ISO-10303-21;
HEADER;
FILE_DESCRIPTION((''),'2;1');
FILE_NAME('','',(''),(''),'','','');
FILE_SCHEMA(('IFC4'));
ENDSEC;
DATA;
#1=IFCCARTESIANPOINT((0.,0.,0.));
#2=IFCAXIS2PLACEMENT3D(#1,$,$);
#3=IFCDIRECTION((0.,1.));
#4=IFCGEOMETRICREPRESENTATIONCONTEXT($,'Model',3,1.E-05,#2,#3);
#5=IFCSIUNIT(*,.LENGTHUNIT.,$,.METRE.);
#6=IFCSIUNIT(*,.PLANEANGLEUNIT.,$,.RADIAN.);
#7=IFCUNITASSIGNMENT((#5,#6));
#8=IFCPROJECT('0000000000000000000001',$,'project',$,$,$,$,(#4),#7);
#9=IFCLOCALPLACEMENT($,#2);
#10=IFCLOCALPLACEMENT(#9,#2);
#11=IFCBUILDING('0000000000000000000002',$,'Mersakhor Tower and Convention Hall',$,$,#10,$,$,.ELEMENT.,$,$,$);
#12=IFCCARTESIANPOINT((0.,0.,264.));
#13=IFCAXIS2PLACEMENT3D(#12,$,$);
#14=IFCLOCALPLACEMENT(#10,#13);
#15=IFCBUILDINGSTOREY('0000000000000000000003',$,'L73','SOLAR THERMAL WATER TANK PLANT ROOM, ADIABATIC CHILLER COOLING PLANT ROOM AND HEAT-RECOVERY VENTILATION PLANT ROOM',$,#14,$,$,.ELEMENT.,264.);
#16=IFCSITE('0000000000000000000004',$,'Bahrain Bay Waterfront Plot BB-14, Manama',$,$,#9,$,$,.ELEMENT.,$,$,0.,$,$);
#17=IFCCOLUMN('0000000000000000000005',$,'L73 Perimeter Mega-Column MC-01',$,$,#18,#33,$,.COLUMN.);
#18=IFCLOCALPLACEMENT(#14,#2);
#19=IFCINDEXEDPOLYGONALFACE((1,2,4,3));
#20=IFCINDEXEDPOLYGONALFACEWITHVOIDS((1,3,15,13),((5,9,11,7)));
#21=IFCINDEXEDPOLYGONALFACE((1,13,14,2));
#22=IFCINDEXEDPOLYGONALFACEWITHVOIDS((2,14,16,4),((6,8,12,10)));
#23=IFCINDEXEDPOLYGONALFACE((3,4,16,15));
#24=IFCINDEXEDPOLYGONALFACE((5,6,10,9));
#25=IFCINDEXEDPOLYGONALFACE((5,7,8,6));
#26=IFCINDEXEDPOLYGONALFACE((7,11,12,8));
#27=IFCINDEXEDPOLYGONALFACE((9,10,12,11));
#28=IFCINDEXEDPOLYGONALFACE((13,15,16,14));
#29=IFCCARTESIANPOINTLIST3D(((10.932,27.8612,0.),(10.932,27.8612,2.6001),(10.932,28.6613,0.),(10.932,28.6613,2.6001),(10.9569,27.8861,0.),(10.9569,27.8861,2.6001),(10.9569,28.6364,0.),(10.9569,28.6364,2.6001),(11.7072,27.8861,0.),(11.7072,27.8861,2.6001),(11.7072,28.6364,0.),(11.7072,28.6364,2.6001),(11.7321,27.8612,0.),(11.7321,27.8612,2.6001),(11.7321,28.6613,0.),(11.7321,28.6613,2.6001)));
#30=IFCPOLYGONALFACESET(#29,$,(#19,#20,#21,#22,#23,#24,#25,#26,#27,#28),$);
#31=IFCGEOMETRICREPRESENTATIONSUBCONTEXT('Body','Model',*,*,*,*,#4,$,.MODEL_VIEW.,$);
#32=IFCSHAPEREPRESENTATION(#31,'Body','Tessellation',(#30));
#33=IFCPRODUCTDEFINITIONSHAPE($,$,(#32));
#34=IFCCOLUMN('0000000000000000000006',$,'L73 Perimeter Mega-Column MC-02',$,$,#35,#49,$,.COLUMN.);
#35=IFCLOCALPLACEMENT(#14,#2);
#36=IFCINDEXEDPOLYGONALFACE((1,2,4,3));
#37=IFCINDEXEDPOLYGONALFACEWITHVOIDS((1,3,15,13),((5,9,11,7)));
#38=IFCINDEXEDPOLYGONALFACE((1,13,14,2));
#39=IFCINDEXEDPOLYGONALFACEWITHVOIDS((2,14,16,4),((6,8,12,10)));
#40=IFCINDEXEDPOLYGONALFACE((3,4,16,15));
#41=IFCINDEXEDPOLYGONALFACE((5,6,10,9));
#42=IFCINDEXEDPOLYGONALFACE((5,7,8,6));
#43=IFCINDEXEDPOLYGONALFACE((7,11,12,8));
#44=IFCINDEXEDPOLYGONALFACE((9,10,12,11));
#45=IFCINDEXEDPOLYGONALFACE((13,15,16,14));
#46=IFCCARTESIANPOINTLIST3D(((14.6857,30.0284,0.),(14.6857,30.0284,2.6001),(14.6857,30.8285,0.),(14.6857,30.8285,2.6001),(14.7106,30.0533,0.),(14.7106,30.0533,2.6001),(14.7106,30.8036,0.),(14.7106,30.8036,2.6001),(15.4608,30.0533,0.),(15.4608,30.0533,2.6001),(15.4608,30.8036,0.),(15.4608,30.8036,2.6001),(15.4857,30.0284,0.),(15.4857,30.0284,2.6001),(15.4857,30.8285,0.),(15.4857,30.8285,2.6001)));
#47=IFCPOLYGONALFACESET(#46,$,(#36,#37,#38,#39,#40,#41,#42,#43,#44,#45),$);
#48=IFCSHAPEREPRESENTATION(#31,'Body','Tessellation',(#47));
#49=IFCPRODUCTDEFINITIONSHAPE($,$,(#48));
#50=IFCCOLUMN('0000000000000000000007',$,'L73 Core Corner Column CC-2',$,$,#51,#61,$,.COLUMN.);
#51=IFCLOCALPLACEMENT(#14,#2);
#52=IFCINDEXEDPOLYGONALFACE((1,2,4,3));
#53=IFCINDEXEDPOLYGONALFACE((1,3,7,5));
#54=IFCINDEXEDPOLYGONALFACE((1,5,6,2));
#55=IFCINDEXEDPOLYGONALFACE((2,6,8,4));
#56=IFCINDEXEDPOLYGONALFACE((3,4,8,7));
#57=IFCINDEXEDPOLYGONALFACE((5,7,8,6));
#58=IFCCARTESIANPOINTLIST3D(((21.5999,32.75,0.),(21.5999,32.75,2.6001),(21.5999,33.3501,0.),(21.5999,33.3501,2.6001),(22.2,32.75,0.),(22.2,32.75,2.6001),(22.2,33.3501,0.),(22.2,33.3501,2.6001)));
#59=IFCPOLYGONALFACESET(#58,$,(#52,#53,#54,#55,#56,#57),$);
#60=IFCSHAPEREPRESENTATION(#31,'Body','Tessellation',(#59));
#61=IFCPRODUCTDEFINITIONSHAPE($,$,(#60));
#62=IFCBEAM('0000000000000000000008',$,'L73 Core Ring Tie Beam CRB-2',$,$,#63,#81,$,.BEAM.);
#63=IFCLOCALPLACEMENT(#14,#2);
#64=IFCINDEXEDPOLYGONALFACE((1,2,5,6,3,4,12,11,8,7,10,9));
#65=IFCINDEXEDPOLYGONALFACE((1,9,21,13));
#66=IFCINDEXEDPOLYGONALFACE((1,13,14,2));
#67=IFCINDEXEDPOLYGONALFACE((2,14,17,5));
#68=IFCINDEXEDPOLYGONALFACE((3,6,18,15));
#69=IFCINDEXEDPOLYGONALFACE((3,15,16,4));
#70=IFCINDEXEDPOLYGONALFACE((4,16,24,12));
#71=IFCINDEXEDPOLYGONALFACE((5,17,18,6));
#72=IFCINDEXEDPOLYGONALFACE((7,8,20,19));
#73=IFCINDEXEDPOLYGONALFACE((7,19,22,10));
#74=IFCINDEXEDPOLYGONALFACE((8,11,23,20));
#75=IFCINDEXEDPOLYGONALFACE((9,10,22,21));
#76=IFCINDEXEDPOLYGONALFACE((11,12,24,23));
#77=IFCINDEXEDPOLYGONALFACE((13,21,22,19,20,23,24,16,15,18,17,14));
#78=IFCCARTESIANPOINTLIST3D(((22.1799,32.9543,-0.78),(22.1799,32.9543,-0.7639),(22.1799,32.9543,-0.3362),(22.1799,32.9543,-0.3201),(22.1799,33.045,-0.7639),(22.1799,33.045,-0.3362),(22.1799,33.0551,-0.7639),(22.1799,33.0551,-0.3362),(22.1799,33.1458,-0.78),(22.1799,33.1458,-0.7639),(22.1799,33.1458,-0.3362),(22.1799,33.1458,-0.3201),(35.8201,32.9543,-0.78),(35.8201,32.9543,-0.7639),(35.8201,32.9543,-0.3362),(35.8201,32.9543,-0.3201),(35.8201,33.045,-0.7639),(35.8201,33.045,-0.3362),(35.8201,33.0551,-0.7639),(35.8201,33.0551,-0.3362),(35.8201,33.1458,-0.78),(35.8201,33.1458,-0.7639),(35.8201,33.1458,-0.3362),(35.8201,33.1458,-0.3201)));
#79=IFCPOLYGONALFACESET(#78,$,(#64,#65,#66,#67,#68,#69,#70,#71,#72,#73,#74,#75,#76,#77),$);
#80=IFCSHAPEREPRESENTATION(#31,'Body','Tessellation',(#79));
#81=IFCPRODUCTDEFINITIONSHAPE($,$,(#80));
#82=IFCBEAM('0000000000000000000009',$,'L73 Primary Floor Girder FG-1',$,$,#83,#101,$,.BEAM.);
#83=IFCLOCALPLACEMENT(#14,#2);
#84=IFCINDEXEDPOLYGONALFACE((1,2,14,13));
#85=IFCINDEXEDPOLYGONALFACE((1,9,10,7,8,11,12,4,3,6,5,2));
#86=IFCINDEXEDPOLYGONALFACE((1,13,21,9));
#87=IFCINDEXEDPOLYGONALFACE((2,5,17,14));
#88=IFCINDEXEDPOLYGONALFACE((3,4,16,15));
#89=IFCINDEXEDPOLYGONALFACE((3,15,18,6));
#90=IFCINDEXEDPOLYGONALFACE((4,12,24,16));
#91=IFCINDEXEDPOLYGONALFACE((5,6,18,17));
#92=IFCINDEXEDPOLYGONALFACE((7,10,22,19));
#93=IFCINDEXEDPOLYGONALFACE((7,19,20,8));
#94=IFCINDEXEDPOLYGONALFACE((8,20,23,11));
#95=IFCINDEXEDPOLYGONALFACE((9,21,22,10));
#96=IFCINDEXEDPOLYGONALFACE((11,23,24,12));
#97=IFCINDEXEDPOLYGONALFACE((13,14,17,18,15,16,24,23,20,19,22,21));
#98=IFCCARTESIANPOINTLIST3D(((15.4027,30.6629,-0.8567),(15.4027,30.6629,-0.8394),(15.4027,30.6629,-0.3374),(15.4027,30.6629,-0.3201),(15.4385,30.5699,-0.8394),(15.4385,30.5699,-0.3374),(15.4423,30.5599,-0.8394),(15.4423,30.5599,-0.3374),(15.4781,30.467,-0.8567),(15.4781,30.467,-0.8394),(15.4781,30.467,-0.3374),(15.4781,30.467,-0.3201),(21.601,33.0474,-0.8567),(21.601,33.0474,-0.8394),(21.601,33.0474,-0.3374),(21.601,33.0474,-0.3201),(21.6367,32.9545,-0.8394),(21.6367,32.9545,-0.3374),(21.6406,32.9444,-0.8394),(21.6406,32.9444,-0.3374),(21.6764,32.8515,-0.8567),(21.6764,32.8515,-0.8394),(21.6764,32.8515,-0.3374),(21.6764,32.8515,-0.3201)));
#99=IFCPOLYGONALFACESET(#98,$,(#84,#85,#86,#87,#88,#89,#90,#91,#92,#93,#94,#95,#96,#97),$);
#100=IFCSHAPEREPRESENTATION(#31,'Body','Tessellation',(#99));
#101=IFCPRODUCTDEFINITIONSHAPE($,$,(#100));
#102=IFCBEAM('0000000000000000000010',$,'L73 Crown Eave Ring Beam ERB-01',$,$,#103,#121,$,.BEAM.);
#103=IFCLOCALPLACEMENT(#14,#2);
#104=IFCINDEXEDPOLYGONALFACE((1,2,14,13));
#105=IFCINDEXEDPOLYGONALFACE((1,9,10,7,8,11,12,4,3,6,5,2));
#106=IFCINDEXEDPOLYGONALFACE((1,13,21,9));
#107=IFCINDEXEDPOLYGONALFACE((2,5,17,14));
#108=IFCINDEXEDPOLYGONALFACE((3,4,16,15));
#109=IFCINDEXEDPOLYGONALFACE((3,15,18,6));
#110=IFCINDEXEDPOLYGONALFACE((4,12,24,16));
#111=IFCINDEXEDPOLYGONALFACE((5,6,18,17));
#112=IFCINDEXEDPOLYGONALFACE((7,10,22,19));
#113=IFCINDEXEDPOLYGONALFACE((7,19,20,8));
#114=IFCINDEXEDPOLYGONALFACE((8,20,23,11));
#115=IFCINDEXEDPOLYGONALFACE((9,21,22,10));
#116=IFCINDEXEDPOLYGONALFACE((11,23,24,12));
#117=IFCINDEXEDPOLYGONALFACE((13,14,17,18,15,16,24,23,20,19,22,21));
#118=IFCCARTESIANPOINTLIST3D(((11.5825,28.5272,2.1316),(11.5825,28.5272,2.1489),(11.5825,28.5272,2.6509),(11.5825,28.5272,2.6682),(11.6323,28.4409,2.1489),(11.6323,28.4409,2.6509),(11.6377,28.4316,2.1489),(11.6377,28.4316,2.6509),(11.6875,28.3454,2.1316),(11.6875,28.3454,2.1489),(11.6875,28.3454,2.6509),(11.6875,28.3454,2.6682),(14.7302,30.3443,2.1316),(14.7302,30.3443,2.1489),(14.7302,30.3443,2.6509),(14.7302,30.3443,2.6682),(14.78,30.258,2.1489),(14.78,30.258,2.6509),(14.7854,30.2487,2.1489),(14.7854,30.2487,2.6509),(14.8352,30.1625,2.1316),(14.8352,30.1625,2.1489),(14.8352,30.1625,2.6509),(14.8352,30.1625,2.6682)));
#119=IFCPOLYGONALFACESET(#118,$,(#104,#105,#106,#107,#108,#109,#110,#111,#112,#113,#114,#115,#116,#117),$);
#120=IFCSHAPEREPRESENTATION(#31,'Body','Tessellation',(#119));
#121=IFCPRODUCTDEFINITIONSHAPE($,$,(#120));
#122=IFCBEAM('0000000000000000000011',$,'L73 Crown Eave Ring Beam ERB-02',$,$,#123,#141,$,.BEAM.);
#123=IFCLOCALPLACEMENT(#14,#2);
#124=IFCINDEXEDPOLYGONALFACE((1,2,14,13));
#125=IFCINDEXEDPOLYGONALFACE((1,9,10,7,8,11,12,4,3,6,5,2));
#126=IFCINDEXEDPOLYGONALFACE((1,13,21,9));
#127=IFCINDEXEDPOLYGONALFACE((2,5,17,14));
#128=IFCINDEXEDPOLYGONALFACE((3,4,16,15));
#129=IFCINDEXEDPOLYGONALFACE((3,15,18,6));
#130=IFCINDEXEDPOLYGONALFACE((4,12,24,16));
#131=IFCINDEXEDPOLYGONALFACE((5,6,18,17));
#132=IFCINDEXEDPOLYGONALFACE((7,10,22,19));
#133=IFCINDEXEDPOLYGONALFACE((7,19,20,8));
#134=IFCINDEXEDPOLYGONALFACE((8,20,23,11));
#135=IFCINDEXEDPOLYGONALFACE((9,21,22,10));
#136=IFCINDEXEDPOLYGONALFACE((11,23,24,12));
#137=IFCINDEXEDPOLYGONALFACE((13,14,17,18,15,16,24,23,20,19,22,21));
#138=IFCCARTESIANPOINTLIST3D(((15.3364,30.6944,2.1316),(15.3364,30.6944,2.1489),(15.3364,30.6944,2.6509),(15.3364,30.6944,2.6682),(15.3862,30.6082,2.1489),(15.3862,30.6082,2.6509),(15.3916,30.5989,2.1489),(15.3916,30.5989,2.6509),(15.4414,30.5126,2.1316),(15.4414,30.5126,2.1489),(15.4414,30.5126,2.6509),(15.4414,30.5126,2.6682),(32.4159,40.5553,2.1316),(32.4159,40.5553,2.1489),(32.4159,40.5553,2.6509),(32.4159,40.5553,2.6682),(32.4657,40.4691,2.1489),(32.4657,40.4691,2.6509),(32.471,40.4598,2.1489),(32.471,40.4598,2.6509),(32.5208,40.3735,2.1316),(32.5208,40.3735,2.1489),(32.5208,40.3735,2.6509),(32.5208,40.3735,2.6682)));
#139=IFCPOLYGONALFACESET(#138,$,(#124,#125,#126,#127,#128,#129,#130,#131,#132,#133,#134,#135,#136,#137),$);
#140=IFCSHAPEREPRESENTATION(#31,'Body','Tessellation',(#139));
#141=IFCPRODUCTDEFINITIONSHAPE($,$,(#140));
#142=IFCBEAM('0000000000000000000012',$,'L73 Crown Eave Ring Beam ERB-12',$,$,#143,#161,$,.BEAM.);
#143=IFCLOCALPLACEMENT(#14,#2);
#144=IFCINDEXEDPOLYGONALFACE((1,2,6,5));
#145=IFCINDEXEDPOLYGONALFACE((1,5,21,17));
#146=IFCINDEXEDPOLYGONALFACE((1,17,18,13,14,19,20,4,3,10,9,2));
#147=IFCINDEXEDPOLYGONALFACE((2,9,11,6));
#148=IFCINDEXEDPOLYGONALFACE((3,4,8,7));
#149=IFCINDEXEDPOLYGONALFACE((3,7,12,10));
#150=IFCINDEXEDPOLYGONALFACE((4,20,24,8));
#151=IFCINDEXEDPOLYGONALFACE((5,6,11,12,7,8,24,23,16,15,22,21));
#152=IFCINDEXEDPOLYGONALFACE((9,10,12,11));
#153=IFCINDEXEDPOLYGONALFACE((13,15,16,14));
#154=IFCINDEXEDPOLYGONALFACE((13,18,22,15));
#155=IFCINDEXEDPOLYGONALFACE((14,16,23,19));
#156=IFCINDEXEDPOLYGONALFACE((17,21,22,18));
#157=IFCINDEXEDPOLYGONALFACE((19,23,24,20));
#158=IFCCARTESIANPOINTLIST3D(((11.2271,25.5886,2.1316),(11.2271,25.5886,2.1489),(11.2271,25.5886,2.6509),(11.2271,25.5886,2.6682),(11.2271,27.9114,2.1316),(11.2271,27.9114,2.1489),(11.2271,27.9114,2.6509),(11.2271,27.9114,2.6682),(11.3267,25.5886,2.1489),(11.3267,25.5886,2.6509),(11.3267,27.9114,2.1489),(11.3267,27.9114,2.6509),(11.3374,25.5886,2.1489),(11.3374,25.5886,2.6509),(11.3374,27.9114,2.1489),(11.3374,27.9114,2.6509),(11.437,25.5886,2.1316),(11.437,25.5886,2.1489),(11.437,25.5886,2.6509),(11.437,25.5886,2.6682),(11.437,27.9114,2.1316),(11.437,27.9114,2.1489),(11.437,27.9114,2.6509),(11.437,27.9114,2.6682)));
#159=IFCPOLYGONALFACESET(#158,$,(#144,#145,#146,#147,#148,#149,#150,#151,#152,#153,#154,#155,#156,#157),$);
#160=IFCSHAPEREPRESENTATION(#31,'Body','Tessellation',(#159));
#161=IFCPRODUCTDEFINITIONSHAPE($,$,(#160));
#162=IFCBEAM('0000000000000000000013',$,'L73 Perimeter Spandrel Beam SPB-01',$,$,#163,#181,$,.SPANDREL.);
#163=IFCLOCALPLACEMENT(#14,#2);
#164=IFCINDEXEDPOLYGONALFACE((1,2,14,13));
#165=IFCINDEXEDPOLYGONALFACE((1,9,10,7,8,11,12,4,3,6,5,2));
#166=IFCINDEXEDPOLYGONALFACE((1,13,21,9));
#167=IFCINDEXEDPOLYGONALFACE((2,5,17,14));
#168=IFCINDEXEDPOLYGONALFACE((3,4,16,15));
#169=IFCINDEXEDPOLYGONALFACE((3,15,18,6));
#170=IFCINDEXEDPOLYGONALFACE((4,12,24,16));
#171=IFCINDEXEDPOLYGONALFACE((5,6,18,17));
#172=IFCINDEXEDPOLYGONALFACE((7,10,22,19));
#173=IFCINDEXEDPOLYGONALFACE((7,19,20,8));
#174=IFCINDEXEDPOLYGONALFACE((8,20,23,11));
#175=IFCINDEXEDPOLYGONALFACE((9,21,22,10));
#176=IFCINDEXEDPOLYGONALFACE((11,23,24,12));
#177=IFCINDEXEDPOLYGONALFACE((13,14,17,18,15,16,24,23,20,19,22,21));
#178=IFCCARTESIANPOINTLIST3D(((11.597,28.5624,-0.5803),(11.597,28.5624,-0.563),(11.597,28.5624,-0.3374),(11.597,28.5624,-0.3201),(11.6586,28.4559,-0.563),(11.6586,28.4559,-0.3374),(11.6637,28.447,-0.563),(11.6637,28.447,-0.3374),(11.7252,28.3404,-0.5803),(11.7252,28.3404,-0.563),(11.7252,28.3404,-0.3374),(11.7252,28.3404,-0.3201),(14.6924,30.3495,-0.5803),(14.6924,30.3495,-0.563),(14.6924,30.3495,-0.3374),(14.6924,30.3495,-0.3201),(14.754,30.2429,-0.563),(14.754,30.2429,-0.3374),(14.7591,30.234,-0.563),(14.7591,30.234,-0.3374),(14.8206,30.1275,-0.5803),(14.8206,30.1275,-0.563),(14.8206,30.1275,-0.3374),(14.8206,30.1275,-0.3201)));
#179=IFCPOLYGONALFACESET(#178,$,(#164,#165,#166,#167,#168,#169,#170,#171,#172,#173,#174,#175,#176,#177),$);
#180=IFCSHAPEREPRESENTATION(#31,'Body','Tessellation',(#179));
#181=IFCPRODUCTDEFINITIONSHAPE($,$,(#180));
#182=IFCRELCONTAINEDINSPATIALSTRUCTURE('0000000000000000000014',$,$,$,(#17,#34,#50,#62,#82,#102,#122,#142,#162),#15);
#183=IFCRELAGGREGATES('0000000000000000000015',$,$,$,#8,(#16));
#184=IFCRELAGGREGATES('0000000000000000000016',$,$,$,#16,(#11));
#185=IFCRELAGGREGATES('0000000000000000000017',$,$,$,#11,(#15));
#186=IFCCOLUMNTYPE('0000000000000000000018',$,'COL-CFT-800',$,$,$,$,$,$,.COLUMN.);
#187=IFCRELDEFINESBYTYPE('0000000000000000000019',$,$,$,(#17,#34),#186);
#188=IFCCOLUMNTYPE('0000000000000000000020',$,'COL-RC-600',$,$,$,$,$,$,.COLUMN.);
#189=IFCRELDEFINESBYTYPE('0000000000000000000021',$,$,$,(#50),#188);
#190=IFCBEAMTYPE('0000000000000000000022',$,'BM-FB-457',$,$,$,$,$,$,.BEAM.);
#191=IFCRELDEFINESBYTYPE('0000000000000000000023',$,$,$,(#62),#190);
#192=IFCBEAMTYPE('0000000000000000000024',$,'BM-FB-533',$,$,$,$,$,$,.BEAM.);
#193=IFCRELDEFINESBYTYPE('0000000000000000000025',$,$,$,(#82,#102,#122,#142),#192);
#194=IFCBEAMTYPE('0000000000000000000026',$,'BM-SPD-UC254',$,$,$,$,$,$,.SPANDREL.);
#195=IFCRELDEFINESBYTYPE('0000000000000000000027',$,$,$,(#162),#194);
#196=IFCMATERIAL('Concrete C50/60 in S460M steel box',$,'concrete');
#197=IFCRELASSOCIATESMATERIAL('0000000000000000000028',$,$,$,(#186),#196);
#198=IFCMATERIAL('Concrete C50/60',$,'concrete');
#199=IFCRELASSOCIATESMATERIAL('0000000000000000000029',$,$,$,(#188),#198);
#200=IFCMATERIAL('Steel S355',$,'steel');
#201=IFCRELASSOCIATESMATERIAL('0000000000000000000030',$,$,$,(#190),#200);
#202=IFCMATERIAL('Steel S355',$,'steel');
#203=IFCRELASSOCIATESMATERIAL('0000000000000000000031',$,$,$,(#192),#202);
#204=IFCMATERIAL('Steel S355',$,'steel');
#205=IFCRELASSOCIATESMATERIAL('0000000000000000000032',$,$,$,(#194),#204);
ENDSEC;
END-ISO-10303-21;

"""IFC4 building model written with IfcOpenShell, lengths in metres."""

from ifc_helpers import new_model, si_unit, direction, frame, origin, origin_2d, place, context, subcontext, project, spatial, rectangle, hollow_rectangle, i_section, extrude, material, material_profile, profile_set, type_object, element, save


model = new_model("IFC4")

# Units and contexts
model_context = context("Model", 3, precision=1e-05, world=origin(), true_north=direction((0.0, 1.0)))
body_context = subcontext(model_context, "Body", "Model", "MODEL_VIEW")
ifc_project = project(units=[si_unit("LENGTHUNIT", "METRE"), si_unit("PLANEANGLEUNIT", "RADIAN")], contexts=[model_context])

# Site, building, storey
site_placement = place(None, origin())
site = spatial("IfcSite", under=ifc_project, at=site_placement, Name="Bahrain Bay Waterfront Plot BB-14, Manama", CompositionType="ELEMENT", RefElevation=0.0)
building_placement = place(site_placement, origin())
building = spatial("IfcBuilding", under=site, at=building_placement, Name="Mersakhor Tower and Convention Hall", CompositionType="ELEMENT")
storey_placement = place(building_placement, frame((0.0, 0.0, 264.0)))
storey = spatial("IfcBuildingStorey", under=building, at=storey_placement, Name="L73", Description="SOLAR THERMAL WATER TANK PLANT ROOM, ADIABATIC CHILLER COOLING PLANT ROOM AND HEAT-RECOVERY VENTILATION PLANT ROOM", CompositionType="ELEMENT", Elevation=264.0)

# Columns
ifc_material_1 = material(Name="Concrete C50/60 in S460M steel box", Category="concrete")
ifc_material_profile_1 = material_profile(ifc_material_1, hollow_rectangle(XDim=0.8, YDim=0.8, WallThickness=0.0249, at=origin_2d()), Name="SHS 800x800x25")
ifc_profile_set_1 = profile_set([ifc_material_profile_1], Name="Concrete C50/60 in S460M steel box")
column_type_1 = type_object("IfcColumnType", Name="COL-CFT-800", PredefinedType="COLUMN", material=ifc_profile_set_1)
for number, where, z_axis, x_axis, name in (
    (1, (11.332, 28.2612, 0.0), (0.0, 0.0, 1.0), (1.0, 0.0, 0.0), "L73 Perimeter Mega-Column MC-01"),
    (2, (15.0857, 30.4285, 0.0), (0.0, 0.0, 1.0), (1.0, 0.0, 0.0), "L73 Perimeter Mega-Column MC-02"),
):
    element("IfcColumn", number, at=place(storey_placement, frame(where, z_axis=z_axis, x_axis=x_axis)), inside=storey, type_object=column_type_1, Name=name, PredefinedType="COLUMN", context=body_context, shape_type="SweptSolid", body=[
        extrude(hollow_rectangle(XDim=0.8, YDim=0.8, WallThickness=0.0249, at=origin_2d()), origin(), (0.0, 0.0, 1.0), 2.6001),
    ])
ifc_material_2 = material(Name="Concrete C50/60", Category="concrete")
ifc_material_profile_2 = material_profile(ifc_material_2, rectangle(XDim=0.6001, YDim=0.6001, at=origin_2d()), Name="RC 600x600")
ifc_profile_set_2 = profile_set([ifc_material_profile_2], Name="Concrete C50/60")
column_type_2 = type_object("IfcColumnType", Name="COL-RC-600", PredefinedType="COLUMN", material=ifc_profile_set_2)
column_placement = place(storey_placement, frame((21.8999, 33.05, 0.0), z_axis=(0.0, 0.0, 1.0), x_axis=(1.0, 0.0, 0.0)))
element("IfcColumn", 3, at=column_placement, inside=storey, type_object=column_type_2, Name="L73 Core Corner Column CC-2", PredefinedType="COLUMN", context=body_context, shape_type="SweptSolid", body=[
    extrude(rectangle(XDim=0.6001, YDim=0.6001, at=origin_2d()), origin(), (0.0, 0.0, 1.0), 2.6001),
])

# Beams
ifc_material_3 = material(Name="Steel S355", Category="steel")
ifc_material_profile_3 = material_profile(ifc_material_3, i_section(OverallWidth=0.1914, OverallDepth=0.46, WebThickness=0.01, FlangeThickness=0.0161, at=origin_2d()), Name="UB 457x191x82")
ifc_profile_set_3 = profile_set([ifc_material_profile_3], Name="Steel S355")
beam_type_1 = type_object("IfcBeamType", Name="BM-FB-457", PredefinedType="BEAM", material=ifc_profile_set_3)
beam_1_placement = place(storey_placement, frame((22.1799, 33.05, -0.55), z_axis=(1.0, 0.0, 0.0), x_axis=(0.0, 1.0, 0.0)))
element("IfcBeam", 4, at=beam_1_placement, inside=storey, type_object=beam_type_1, Name="L73 Core Ring Tie Beam CRB-2", PredefinedType="BEAM", context=body_context, shape_type="SweptSolid", body=[
    extrude(i_section(OverallWidth=0.1914, OverallDepth=0.46, WebThickness=0.01, FlangeThickness=0.0161, at=origin_2d()), origin(), (0.0, 0.0, 1.0), 13.6401),
])
ifc_material_4 = material(Name="Steel S355", Category="steel")
ifc_material_profile_4 = material_profile(ifc_material_4, i_section(OverallWidth=0.21, OverallDepth=0.5366, WebThickness=0.0107, FlangeThickness=0.0173, at=origin_2d()), Name="UB 533x210x101")
ifc_profile_set_4 = profile_set([ifc_material_profile_4], Name="Steel S355")
beam_type_2 = type_object("IfcBeamType", Name="BM-FB-533", PredefinedType="BEAM", material=ifc_profile_set_4)
beam_2_placement = place(storey_placement, frame((21.6387, 32.9495, -0.5884), z_axis=(-0.933316, -0.359055, 0.0), x_axis=(0.359055, -0.933316, 0.0)))
element("IfcBeam", 5, at=beam_2_placement, inside=storey, type_object=beam_type_2, Name="L73 Primary Floor Girder FG-1", PredefinedType="BEAM", context=body_context, shape_type="SweptSolid", body=[
    extrude(i_section(OverallWidth=0.21, OverallDepth=0.5366, WebThickness=0.0107, FlangeThickness=0.0173, at=origin_2d()), origin(), (0.0, 0.0, 1.0), 6.6411),
])
beam_3_placement = place(storey_placement, frame((11.635, 28.4363, 2.3999), z_axis=(0.866048, 0.499961, 0.0), x_axis=(-0.499961, 0.866048, 0.0)))
element("IfcBeam", 6, at=beam_3_placement, inside=storey, type_object=beam_type_2, Name="L73 Crown Eave Ring Beam ERB-01", PredefinedType="BEAM", context=body_context, shape_type="SweptSolid", body=[
    extrude(i_section(OverallWidth=0.21, OverallDepth=0.5366, WebThickness=0.0107, FlangeThickness=0.0173, at=origin_2d()), origin(), (0.0, 0.0, 1.0), 3.6345),
])
beam_4_placement = place(storey_placement, frame((15.3889, 30.6035, 2.3999), z_axis=(0.866024, 0.500003, 0.0), x_axis=(-0.500003, 0.866024, 0.0)))
element("IfcBeam", 7, at=beam_4_placement, inside=storey, type_object=beam_type_2, Name="L73 Crown Eave Ring Beam ERB-02", PredefinedType="BEAM", context=body_context, shape_type="SweptSolid", body=[
    extrude(i_section(OverallWidth=0.21, OverallDepth=0.5366, WebThickness=0.0107, FlangeThickness=0.0173, at=origin_2d()), origin(), (0.0, 0.0, 1.0), 19.7217),
])
beam_5_placement = place(storey_placement, frame((11.332, 25.5886, 2.3999), z_axis=(0.0, 1.0, 0.0), x_axis=(-1.0, 0.0, 0.0)))
element("IfcBeam", 8, at=beam_5_placement, inside=storey, type_object=beam_type_2, Name="L73 Crown Eave Ring Beam ERB-12", PredefinedType="BEAM", context=body_context, shape_type="SweptSolid", body=[
    extrude(i_section(OverallWidth=0.21, OverallDepth=0.5366, WebThickness=0.0107, FlangeThickness=0.0173, at=origin_2d()), origin(), (0.0, 0.0, 1.0), 2.3228),
])
ifc_material_5 = material(Name="Steel S355", Category="steel")
ifc_material_profile_5 = material_profile(ifc_material_5, i_section(OverallWidth=0.2563, OverallDepth=0.2603, WebThickness=0.0103, FlangeThickness=0.0173, at=origin_2d()), Name="UC 254x254x89")
ifc_profile_set_5 = profile_set([ifc_material_profile_5], Name="Steel S355")
beam_type_3 = type_object("IfcBeamType", Name="BM-SPD-UC254", PredefinedType="SPANDREL", material=ifc_profile_set_5)
beam_6_placement = place(storey_placement, frame((11.6611, 28.4514, -0.4502), z_axis=(0.866032, 0.499989, 0.0), x_axis=(-0.499989, 0.866032, 0.0)))
element("IfcBeam", 9, at=beam_6_placement, inside=storey, type_object=beam_type_3, Name="L73 Perimeter Spandrel Beam SPB-01", PredefinedType="SPANDREL", context=body_context, shape_type="SweptSolid", body=[
    extrude(i_section(OverallWidth=0.2563, OverallDepth=0.2603, WebThickness=0.0103, FlangeThickness=0.0173, at=origin_2d()), origin(), (0.0, 0.0, 1.0), 3.5742),
])

save(model, "model.ifc")
